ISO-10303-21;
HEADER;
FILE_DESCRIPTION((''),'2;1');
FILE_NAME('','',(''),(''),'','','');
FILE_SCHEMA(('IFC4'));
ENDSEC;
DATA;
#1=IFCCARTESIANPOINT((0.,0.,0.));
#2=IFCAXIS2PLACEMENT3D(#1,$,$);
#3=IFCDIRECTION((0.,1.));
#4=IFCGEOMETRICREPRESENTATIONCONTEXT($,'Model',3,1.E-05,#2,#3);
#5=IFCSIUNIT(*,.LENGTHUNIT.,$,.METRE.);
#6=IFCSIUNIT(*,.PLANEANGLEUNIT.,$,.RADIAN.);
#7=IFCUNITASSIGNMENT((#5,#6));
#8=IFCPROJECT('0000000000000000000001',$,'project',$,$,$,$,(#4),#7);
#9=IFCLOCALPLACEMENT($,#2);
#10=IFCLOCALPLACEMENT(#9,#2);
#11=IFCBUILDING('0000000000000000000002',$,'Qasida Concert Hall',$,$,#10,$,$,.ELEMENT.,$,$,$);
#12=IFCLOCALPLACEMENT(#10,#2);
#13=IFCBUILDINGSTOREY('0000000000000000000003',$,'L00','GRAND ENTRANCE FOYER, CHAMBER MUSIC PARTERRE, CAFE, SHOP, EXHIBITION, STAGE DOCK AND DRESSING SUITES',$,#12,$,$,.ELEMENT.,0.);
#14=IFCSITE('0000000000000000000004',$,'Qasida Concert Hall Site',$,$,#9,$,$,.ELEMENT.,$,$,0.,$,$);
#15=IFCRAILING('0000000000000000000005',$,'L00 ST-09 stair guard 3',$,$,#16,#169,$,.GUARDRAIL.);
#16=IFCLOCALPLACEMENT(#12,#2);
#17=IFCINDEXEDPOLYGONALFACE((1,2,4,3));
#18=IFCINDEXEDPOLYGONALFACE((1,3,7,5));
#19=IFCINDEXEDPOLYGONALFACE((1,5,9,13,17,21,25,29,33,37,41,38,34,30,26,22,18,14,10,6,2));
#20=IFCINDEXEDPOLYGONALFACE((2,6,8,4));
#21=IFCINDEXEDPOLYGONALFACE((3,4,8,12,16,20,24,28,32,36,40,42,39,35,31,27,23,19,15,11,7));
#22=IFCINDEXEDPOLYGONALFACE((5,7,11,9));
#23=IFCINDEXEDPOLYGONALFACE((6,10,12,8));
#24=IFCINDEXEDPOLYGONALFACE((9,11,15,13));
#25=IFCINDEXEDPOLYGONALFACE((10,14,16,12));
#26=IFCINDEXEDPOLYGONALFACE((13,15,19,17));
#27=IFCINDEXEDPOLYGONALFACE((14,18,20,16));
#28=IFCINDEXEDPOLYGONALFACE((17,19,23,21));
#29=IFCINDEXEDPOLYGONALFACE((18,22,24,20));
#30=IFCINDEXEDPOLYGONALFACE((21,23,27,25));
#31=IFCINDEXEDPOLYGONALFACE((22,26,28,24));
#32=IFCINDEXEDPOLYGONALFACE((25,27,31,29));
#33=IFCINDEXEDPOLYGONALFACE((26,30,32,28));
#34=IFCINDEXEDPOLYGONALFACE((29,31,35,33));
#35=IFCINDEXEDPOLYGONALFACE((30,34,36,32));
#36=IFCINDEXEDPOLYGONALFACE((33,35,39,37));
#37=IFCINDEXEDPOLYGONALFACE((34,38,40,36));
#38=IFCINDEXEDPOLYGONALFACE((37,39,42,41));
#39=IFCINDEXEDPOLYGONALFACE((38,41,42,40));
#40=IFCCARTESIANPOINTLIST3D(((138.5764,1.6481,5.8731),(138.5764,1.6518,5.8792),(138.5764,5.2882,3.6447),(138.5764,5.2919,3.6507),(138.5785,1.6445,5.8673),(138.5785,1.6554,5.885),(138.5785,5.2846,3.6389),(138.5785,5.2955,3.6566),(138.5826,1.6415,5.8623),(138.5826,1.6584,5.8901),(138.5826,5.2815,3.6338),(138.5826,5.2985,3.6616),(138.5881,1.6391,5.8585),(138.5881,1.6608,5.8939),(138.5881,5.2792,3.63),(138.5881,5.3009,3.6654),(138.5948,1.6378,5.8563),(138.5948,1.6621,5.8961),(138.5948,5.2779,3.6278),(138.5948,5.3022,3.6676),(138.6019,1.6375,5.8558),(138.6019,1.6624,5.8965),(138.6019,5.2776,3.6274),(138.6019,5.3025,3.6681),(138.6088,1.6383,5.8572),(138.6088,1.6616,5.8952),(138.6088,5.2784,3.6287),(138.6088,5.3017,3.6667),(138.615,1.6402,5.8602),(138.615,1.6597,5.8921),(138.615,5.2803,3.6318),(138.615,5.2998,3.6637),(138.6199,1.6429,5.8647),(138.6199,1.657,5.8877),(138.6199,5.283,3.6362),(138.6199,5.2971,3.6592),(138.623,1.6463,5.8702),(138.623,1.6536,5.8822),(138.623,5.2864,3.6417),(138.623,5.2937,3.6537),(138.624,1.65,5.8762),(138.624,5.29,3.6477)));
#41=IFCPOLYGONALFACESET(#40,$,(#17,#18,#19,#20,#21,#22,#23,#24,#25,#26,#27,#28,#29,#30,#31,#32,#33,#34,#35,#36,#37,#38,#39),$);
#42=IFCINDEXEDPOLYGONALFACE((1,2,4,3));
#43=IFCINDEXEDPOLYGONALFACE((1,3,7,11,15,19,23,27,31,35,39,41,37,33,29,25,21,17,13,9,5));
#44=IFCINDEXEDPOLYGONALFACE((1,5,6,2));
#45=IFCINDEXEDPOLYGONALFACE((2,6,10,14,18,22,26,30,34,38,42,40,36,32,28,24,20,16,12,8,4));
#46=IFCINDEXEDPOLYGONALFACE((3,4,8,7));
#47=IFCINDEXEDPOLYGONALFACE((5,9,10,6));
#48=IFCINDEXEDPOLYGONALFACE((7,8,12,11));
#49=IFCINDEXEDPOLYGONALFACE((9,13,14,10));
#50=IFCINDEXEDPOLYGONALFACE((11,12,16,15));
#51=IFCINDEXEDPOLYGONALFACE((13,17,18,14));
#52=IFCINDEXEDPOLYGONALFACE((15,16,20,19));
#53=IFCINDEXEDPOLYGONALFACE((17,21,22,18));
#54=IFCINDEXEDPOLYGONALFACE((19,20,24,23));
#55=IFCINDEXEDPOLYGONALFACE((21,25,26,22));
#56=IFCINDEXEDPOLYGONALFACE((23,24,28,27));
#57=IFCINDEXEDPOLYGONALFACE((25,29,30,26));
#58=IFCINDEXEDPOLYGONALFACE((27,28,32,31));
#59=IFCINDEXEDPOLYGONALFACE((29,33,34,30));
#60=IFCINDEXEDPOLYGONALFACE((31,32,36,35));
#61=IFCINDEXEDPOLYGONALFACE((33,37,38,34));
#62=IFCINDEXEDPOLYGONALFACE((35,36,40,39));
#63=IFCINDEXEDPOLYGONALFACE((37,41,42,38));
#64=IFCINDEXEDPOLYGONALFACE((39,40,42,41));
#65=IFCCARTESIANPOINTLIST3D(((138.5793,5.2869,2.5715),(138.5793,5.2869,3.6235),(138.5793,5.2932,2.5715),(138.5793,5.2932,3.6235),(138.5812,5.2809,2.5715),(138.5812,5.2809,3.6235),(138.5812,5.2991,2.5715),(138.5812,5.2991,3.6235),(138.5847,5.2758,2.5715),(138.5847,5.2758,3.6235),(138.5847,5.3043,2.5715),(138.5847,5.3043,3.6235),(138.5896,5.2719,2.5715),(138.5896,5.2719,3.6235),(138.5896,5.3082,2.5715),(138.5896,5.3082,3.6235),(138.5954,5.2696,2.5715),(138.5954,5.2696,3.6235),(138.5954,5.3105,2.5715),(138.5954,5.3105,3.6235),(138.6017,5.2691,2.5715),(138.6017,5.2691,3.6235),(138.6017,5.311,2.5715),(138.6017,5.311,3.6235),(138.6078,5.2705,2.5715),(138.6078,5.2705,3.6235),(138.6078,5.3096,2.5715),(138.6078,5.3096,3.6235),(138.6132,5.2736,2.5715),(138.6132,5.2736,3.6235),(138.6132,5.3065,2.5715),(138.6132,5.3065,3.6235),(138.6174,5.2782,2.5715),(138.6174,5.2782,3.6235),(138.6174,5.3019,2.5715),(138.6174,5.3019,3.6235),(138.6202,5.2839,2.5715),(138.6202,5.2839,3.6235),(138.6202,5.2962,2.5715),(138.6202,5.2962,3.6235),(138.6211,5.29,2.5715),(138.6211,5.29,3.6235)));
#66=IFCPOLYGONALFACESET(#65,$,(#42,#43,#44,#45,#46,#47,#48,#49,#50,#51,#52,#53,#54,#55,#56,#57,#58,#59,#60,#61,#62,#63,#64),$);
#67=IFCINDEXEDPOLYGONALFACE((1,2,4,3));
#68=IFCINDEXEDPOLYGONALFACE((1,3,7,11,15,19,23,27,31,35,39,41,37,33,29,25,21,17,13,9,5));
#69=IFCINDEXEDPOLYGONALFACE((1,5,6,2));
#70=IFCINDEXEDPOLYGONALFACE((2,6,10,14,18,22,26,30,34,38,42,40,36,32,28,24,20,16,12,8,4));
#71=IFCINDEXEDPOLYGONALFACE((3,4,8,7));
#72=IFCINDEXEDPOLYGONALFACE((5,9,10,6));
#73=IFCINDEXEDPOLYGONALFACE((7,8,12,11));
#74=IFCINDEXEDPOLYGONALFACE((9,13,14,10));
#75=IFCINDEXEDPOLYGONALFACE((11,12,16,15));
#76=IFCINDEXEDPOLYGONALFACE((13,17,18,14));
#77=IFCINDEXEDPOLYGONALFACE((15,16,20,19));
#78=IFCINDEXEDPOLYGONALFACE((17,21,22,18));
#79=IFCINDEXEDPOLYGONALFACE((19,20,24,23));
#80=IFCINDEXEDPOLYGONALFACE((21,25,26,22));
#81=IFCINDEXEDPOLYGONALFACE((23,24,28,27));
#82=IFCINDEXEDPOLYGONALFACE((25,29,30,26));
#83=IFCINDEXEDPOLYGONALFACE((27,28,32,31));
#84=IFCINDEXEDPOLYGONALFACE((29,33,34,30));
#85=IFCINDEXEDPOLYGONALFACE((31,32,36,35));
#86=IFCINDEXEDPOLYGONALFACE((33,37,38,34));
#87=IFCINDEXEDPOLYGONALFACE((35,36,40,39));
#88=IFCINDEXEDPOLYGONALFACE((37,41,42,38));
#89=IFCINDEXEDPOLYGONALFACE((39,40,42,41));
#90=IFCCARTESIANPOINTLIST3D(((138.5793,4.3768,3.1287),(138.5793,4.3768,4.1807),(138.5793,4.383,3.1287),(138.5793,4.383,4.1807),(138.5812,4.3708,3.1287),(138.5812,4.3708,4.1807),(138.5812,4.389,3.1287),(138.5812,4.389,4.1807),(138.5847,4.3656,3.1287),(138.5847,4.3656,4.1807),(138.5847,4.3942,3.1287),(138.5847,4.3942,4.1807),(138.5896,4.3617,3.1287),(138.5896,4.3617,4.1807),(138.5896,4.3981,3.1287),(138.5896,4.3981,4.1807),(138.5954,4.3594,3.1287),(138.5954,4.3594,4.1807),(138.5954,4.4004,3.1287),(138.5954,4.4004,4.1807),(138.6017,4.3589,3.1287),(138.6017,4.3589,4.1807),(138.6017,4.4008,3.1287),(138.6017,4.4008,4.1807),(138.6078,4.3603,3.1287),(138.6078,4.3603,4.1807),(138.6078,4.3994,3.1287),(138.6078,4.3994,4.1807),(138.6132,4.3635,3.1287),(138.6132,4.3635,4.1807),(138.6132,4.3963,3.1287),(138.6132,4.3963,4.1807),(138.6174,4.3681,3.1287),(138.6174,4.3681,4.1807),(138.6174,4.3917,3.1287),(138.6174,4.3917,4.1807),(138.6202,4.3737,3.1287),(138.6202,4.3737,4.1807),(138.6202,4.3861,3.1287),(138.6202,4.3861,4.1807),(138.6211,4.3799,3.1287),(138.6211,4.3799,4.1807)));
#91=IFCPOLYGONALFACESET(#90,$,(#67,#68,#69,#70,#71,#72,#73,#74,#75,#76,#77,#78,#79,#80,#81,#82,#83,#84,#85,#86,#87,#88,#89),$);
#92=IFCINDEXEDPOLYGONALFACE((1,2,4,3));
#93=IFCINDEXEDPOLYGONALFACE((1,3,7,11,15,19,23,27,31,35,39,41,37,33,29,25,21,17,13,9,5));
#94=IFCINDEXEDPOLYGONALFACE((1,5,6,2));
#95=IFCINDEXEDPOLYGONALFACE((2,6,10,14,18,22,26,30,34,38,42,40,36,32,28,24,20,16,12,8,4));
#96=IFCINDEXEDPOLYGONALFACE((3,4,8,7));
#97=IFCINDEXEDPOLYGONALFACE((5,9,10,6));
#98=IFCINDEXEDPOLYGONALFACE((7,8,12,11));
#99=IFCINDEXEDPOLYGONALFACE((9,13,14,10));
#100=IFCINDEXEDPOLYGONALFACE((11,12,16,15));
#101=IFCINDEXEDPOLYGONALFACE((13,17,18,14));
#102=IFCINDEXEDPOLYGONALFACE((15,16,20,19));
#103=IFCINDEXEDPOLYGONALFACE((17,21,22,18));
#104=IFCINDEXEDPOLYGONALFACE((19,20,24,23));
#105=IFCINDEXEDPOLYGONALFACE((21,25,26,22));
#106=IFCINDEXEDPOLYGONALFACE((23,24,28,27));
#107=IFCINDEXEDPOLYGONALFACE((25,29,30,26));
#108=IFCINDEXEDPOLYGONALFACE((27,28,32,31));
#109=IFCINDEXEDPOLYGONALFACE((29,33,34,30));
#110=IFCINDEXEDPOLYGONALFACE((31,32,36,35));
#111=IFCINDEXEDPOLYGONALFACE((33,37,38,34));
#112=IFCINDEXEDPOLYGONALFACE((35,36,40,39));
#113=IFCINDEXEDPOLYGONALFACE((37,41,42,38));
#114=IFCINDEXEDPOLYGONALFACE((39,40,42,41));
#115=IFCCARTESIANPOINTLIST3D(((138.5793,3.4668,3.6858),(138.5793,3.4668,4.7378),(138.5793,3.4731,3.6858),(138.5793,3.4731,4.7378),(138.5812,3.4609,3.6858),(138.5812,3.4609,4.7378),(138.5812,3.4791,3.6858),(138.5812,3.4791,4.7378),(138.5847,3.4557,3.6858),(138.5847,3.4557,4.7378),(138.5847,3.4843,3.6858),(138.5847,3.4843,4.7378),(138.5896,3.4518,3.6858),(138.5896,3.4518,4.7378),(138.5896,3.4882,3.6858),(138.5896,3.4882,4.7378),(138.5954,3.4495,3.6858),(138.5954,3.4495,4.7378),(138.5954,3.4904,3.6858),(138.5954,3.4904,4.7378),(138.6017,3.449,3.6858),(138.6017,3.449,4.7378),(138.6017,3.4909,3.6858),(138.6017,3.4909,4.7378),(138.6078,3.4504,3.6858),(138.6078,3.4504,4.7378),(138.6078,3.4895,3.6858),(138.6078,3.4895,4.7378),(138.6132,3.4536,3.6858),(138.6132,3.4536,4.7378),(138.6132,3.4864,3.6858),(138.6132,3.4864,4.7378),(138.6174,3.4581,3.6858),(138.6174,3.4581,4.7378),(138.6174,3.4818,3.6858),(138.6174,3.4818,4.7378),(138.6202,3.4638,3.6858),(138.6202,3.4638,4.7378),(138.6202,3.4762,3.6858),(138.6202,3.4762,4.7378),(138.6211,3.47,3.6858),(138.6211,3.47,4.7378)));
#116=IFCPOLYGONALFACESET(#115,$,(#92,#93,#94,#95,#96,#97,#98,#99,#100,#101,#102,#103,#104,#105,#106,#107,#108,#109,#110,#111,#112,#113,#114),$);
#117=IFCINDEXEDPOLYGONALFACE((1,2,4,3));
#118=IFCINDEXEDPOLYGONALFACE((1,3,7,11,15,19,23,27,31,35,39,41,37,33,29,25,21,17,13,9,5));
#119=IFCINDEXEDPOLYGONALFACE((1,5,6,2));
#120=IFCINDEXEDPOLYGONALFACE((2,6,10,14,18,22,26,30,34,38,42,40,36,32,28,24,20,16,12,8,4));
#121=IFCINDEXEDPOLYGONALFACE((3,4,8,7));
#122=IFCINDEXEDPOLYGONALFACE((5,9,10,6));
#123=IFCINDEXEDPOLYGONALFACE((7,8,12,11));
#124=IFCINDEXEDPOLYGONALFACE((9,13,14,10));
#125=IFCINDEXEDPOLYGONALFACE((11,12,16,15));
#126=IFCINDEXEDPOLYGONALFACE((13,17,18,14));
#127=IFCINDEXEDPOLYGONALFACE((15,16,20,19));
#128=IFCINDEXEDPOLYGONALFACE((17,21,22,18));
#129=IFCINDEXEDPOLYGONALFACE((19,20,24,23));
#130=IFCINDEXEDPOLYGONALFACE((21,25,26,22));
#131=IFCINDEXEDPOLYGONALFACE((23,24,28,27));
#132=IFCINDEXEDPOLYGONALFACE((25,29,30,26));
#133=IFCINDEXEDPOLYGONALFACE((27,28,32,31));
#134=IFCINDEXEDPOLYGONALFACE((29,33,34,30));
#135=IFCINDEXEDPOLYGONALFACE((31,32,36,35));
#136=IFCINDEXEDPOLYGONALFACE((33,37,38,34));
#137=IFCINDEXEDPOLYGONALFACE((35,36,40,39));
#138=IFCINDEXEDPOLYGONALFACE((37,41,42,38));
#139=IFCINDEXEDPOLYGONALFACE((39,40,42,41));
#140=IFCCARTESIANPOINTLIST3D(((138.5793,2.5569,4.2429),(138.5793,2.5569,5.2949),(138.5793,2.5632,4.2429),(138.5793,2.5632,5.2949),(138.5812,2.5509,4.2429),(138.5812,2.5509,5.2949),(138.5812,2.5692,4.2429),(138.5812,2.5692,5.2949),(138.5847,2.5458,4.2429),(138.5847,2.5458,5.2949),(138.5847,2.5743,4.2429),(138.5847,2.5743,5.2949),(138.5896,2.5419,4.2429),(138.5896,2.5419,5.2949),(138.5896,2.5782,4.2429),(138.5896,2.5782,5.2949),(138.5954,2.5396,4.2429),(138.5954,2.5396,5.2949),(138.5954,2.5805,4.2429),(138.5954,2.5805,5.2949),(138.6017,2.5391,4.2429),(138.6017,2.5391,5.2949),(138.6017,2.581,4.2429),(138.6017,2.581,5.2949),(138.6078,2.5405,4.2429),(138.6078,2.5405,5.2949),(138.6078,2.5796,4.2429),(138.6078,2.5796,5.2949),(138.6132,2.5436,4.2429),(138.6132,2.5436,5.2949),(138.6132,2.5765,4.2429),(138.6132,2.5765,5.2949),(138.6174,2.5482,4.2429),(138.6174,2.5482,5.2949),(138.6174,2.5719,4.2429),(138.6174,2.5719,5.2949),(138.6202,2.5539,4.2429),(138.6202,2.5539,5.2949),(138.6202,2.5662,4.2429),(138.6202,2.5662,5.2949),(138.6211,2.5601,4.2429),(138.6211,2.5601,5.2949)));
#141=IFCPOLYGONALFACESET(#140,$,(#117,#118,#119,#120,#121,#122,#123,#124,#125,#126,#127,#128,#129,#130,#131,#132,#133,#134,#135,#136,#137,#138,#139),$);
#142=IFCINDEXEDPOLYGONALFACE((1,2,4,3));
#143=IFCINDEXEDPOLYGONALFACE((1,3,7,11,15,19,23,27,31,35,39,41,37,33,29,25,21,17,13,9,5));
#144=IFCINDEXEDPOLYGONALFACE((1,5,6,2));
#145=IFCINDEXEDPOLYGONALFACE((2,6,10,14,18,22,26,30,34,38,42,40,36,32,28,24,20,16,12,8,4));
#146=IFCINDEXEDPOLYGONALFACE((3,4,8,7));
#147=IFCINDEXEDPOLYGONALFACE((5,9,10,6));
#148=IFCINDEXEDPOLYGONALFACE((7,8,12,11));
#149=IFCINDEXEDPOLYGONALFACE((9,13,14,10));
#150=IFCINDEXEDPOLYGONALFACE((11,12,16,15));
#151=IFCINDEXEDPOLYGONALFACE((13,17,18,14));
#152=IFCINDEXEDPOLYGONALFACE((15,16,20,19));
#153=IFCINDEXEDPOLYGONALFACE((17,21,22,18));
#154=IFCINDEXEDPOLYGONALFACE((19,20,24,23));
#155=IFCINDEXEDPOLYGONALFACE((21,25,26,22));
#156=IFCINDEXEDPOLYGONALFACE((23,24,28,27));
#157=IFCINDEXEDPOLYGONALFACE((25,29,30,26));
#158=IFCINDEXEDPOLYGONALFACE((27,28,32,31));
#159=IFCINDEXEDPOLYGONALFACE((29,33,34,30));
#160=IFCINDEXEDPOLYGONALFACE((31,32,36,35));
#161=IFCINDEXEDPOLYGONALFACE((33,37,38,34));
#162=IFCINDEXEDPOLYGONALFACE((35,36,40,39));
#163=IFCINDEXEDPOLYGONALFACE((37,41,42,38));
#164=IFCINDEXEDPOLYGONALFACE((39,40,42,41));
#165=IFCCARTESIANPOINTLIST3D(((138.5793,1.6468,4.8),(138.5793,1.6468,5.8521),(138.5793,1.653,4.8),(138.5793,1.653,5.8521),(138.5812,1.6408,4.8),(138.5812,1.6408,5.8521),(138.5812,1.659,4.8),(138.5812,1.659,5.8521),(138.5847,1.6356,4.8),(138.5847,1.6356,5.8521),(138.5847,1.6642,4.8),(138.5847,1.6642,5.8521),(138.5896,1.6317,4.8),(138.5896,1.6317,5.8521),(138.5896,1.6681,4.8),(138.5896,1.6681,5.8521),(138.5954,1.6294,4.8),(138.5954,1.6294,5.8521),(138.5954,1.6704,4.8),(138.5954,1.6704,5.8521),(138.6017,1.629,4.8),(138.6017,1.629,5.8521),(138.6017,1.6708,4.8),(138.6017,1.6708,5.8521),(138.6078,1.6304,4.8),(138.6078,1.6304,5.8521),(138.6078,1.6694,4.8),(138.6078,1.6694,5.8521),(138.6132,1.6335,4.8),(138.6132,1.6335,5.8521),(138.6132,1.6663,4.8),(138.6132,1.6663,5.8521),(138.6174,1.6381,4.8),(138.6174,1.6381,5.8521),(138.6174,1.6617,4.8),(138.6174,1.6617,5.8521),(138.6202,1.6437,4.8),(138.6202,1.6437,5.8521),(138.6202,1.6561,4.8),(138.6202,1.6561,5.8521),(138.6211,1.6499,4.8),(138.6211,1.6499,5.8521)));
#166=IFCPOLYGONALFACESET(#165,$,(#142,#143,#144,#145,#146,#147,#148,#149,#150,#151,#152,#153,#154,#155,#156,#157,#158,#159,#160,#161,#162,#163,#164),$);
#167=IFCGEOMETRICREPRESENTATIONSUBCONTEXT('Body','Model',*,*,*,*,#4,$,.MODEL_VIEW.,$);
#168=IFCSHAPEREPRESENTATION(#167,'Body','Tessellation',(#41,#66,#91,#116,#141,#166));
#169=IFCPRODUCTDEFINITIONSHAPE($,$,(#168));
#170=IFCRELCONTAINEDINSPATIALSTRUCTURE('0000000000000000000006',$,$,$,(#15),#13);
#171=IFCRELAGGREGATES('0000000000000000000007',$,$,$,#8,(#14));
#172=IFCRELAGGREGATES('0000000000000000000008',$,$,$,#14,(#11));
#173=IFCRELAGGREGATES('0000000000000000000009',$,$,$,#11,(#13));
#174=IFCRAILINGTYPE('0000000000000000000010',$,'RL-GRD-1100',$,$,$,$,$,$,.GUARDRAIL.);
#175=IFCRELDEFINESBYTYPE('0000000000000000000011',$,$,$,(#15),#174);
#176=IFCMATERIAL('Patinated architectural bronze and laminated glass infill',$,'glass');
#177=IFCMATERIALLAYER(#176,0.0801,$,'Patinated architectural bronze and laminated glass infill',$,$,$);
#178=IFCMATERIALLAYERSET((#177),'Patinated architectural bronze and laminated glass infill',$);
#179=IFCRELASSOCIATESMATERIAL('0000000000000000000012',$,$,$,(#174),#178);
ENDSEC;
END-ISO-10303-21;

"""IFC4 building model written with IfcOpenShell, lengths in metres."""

from ifc_helpers import new_model, si_unit, direction, frame, origin, origin_2d, place, context, subcontext, project, spatial, circle, extrude, material, layer, layer_set, type_object, element, save


model = new_model("IFC4")

# Units and contexts
model_context = context("Model", 3, precision=1e-05, world=origin(), true_north=direction((0.0, 1.0)))
body_context = subcontext(model_context, "Body", "Model", "MODEL_VIEW")
ifc_project = project(units=[si_unit("LENGTHUNIT", "METRE"), si_unit("PLANEANGLEUNIT", "RADIAN")], contexts=[model_context])

# Site, building, storey
site_placement = place(None, origin())
site = spatial("IfcSite", under=ifc_project, at=site_placement, Name="Qasida Concert Hall Site", CompositionType="ELEMENT", RefElevation=0.0)
building_placement = place(site_placement, origin())
building = spatial("IfcBuilding", under=site, at=building_placement, Name="Qasida Concert Hall", CompositionType="ELEMENT")
storey_placement = place(building_placement, origin())
storey = spatial("IfcBuildingStorey", under=building, at=storey_placement, Name="L00", Description="GRAND ENTRANCE FOYER, CHAMBER MUSIC PARTERRE, CAFE, SHOP, EXHIBITION, STAGE DOCK AND DRESSING SUITES", CompositionType="ELEMENT", Elevation=0.0)

# Railing
ifc_material_1 = material(Name="Patinated architectural bronze and laminated glass infill", Category="glass")
ifc_layer_1 = layer(ifc_material_1, 0.0801, Name="Patinated architectural bronze and laminated glass infill")
ifc_layer_set_1 = layer_set([ifc_layer_1], Name="Patinated architectural bronze and laminated glass infill")
railing_type_1 = type_object("IfcRailingType", Name="RL-GRD-1100", PredefinedType="GUARDRAIL", material=ifc_layer_set_1)
railing_1_placement = place(storey_placement, frame((138.6001, 5.29, 2.5715)))
element("IfcRailing", 1, at=railing_1_placement, inside=storey, type_object=railing_type_1, Name="L00 ST-09 stair guard 3", PredefinedType="GUARDRAIL", context=body_context, shape_type="SweptSolid", body=[
    extrude(circle(Radius=0.0239, at=origin_2d()), frame((0.0, 0.0, 1.0762), z_axis=(0.0, -0.852866, 0.52213), x_axis=(1.0, 0.0, 0.0)), (0.0, 0.0, 1.0), 4.2681),
    extrude(circle(Radius=0.021, at=origin_2d()), origin(), (0.0, 0.0, 1.0), 1.052),
    extrude(circle(Radius=0.021, at=origin_2d()), frame((0.0, -0.9102, 0.5571)), (0.0, 0.0, 1.0), 1.052),
    extrude(circle(Radius=0.021, at=origin_2d()), frame((0.0, -1.8201, 1.1143)), (0.0, 0.0, 1.0), 1.052),
    extrude(circle(Radius=0.021, at=origin_2d()), frame((0.0, -2.73, 1.6714)), (0.0, 0.0, 1.0), 1.052),
    extrude(circle(Radius=0.021, at=origin_2d()), frame((0.0, -3.6401, 2.2285)), (0.0, 0.0, 1.0), 1.052),
])

save(model, "model.ifc")
